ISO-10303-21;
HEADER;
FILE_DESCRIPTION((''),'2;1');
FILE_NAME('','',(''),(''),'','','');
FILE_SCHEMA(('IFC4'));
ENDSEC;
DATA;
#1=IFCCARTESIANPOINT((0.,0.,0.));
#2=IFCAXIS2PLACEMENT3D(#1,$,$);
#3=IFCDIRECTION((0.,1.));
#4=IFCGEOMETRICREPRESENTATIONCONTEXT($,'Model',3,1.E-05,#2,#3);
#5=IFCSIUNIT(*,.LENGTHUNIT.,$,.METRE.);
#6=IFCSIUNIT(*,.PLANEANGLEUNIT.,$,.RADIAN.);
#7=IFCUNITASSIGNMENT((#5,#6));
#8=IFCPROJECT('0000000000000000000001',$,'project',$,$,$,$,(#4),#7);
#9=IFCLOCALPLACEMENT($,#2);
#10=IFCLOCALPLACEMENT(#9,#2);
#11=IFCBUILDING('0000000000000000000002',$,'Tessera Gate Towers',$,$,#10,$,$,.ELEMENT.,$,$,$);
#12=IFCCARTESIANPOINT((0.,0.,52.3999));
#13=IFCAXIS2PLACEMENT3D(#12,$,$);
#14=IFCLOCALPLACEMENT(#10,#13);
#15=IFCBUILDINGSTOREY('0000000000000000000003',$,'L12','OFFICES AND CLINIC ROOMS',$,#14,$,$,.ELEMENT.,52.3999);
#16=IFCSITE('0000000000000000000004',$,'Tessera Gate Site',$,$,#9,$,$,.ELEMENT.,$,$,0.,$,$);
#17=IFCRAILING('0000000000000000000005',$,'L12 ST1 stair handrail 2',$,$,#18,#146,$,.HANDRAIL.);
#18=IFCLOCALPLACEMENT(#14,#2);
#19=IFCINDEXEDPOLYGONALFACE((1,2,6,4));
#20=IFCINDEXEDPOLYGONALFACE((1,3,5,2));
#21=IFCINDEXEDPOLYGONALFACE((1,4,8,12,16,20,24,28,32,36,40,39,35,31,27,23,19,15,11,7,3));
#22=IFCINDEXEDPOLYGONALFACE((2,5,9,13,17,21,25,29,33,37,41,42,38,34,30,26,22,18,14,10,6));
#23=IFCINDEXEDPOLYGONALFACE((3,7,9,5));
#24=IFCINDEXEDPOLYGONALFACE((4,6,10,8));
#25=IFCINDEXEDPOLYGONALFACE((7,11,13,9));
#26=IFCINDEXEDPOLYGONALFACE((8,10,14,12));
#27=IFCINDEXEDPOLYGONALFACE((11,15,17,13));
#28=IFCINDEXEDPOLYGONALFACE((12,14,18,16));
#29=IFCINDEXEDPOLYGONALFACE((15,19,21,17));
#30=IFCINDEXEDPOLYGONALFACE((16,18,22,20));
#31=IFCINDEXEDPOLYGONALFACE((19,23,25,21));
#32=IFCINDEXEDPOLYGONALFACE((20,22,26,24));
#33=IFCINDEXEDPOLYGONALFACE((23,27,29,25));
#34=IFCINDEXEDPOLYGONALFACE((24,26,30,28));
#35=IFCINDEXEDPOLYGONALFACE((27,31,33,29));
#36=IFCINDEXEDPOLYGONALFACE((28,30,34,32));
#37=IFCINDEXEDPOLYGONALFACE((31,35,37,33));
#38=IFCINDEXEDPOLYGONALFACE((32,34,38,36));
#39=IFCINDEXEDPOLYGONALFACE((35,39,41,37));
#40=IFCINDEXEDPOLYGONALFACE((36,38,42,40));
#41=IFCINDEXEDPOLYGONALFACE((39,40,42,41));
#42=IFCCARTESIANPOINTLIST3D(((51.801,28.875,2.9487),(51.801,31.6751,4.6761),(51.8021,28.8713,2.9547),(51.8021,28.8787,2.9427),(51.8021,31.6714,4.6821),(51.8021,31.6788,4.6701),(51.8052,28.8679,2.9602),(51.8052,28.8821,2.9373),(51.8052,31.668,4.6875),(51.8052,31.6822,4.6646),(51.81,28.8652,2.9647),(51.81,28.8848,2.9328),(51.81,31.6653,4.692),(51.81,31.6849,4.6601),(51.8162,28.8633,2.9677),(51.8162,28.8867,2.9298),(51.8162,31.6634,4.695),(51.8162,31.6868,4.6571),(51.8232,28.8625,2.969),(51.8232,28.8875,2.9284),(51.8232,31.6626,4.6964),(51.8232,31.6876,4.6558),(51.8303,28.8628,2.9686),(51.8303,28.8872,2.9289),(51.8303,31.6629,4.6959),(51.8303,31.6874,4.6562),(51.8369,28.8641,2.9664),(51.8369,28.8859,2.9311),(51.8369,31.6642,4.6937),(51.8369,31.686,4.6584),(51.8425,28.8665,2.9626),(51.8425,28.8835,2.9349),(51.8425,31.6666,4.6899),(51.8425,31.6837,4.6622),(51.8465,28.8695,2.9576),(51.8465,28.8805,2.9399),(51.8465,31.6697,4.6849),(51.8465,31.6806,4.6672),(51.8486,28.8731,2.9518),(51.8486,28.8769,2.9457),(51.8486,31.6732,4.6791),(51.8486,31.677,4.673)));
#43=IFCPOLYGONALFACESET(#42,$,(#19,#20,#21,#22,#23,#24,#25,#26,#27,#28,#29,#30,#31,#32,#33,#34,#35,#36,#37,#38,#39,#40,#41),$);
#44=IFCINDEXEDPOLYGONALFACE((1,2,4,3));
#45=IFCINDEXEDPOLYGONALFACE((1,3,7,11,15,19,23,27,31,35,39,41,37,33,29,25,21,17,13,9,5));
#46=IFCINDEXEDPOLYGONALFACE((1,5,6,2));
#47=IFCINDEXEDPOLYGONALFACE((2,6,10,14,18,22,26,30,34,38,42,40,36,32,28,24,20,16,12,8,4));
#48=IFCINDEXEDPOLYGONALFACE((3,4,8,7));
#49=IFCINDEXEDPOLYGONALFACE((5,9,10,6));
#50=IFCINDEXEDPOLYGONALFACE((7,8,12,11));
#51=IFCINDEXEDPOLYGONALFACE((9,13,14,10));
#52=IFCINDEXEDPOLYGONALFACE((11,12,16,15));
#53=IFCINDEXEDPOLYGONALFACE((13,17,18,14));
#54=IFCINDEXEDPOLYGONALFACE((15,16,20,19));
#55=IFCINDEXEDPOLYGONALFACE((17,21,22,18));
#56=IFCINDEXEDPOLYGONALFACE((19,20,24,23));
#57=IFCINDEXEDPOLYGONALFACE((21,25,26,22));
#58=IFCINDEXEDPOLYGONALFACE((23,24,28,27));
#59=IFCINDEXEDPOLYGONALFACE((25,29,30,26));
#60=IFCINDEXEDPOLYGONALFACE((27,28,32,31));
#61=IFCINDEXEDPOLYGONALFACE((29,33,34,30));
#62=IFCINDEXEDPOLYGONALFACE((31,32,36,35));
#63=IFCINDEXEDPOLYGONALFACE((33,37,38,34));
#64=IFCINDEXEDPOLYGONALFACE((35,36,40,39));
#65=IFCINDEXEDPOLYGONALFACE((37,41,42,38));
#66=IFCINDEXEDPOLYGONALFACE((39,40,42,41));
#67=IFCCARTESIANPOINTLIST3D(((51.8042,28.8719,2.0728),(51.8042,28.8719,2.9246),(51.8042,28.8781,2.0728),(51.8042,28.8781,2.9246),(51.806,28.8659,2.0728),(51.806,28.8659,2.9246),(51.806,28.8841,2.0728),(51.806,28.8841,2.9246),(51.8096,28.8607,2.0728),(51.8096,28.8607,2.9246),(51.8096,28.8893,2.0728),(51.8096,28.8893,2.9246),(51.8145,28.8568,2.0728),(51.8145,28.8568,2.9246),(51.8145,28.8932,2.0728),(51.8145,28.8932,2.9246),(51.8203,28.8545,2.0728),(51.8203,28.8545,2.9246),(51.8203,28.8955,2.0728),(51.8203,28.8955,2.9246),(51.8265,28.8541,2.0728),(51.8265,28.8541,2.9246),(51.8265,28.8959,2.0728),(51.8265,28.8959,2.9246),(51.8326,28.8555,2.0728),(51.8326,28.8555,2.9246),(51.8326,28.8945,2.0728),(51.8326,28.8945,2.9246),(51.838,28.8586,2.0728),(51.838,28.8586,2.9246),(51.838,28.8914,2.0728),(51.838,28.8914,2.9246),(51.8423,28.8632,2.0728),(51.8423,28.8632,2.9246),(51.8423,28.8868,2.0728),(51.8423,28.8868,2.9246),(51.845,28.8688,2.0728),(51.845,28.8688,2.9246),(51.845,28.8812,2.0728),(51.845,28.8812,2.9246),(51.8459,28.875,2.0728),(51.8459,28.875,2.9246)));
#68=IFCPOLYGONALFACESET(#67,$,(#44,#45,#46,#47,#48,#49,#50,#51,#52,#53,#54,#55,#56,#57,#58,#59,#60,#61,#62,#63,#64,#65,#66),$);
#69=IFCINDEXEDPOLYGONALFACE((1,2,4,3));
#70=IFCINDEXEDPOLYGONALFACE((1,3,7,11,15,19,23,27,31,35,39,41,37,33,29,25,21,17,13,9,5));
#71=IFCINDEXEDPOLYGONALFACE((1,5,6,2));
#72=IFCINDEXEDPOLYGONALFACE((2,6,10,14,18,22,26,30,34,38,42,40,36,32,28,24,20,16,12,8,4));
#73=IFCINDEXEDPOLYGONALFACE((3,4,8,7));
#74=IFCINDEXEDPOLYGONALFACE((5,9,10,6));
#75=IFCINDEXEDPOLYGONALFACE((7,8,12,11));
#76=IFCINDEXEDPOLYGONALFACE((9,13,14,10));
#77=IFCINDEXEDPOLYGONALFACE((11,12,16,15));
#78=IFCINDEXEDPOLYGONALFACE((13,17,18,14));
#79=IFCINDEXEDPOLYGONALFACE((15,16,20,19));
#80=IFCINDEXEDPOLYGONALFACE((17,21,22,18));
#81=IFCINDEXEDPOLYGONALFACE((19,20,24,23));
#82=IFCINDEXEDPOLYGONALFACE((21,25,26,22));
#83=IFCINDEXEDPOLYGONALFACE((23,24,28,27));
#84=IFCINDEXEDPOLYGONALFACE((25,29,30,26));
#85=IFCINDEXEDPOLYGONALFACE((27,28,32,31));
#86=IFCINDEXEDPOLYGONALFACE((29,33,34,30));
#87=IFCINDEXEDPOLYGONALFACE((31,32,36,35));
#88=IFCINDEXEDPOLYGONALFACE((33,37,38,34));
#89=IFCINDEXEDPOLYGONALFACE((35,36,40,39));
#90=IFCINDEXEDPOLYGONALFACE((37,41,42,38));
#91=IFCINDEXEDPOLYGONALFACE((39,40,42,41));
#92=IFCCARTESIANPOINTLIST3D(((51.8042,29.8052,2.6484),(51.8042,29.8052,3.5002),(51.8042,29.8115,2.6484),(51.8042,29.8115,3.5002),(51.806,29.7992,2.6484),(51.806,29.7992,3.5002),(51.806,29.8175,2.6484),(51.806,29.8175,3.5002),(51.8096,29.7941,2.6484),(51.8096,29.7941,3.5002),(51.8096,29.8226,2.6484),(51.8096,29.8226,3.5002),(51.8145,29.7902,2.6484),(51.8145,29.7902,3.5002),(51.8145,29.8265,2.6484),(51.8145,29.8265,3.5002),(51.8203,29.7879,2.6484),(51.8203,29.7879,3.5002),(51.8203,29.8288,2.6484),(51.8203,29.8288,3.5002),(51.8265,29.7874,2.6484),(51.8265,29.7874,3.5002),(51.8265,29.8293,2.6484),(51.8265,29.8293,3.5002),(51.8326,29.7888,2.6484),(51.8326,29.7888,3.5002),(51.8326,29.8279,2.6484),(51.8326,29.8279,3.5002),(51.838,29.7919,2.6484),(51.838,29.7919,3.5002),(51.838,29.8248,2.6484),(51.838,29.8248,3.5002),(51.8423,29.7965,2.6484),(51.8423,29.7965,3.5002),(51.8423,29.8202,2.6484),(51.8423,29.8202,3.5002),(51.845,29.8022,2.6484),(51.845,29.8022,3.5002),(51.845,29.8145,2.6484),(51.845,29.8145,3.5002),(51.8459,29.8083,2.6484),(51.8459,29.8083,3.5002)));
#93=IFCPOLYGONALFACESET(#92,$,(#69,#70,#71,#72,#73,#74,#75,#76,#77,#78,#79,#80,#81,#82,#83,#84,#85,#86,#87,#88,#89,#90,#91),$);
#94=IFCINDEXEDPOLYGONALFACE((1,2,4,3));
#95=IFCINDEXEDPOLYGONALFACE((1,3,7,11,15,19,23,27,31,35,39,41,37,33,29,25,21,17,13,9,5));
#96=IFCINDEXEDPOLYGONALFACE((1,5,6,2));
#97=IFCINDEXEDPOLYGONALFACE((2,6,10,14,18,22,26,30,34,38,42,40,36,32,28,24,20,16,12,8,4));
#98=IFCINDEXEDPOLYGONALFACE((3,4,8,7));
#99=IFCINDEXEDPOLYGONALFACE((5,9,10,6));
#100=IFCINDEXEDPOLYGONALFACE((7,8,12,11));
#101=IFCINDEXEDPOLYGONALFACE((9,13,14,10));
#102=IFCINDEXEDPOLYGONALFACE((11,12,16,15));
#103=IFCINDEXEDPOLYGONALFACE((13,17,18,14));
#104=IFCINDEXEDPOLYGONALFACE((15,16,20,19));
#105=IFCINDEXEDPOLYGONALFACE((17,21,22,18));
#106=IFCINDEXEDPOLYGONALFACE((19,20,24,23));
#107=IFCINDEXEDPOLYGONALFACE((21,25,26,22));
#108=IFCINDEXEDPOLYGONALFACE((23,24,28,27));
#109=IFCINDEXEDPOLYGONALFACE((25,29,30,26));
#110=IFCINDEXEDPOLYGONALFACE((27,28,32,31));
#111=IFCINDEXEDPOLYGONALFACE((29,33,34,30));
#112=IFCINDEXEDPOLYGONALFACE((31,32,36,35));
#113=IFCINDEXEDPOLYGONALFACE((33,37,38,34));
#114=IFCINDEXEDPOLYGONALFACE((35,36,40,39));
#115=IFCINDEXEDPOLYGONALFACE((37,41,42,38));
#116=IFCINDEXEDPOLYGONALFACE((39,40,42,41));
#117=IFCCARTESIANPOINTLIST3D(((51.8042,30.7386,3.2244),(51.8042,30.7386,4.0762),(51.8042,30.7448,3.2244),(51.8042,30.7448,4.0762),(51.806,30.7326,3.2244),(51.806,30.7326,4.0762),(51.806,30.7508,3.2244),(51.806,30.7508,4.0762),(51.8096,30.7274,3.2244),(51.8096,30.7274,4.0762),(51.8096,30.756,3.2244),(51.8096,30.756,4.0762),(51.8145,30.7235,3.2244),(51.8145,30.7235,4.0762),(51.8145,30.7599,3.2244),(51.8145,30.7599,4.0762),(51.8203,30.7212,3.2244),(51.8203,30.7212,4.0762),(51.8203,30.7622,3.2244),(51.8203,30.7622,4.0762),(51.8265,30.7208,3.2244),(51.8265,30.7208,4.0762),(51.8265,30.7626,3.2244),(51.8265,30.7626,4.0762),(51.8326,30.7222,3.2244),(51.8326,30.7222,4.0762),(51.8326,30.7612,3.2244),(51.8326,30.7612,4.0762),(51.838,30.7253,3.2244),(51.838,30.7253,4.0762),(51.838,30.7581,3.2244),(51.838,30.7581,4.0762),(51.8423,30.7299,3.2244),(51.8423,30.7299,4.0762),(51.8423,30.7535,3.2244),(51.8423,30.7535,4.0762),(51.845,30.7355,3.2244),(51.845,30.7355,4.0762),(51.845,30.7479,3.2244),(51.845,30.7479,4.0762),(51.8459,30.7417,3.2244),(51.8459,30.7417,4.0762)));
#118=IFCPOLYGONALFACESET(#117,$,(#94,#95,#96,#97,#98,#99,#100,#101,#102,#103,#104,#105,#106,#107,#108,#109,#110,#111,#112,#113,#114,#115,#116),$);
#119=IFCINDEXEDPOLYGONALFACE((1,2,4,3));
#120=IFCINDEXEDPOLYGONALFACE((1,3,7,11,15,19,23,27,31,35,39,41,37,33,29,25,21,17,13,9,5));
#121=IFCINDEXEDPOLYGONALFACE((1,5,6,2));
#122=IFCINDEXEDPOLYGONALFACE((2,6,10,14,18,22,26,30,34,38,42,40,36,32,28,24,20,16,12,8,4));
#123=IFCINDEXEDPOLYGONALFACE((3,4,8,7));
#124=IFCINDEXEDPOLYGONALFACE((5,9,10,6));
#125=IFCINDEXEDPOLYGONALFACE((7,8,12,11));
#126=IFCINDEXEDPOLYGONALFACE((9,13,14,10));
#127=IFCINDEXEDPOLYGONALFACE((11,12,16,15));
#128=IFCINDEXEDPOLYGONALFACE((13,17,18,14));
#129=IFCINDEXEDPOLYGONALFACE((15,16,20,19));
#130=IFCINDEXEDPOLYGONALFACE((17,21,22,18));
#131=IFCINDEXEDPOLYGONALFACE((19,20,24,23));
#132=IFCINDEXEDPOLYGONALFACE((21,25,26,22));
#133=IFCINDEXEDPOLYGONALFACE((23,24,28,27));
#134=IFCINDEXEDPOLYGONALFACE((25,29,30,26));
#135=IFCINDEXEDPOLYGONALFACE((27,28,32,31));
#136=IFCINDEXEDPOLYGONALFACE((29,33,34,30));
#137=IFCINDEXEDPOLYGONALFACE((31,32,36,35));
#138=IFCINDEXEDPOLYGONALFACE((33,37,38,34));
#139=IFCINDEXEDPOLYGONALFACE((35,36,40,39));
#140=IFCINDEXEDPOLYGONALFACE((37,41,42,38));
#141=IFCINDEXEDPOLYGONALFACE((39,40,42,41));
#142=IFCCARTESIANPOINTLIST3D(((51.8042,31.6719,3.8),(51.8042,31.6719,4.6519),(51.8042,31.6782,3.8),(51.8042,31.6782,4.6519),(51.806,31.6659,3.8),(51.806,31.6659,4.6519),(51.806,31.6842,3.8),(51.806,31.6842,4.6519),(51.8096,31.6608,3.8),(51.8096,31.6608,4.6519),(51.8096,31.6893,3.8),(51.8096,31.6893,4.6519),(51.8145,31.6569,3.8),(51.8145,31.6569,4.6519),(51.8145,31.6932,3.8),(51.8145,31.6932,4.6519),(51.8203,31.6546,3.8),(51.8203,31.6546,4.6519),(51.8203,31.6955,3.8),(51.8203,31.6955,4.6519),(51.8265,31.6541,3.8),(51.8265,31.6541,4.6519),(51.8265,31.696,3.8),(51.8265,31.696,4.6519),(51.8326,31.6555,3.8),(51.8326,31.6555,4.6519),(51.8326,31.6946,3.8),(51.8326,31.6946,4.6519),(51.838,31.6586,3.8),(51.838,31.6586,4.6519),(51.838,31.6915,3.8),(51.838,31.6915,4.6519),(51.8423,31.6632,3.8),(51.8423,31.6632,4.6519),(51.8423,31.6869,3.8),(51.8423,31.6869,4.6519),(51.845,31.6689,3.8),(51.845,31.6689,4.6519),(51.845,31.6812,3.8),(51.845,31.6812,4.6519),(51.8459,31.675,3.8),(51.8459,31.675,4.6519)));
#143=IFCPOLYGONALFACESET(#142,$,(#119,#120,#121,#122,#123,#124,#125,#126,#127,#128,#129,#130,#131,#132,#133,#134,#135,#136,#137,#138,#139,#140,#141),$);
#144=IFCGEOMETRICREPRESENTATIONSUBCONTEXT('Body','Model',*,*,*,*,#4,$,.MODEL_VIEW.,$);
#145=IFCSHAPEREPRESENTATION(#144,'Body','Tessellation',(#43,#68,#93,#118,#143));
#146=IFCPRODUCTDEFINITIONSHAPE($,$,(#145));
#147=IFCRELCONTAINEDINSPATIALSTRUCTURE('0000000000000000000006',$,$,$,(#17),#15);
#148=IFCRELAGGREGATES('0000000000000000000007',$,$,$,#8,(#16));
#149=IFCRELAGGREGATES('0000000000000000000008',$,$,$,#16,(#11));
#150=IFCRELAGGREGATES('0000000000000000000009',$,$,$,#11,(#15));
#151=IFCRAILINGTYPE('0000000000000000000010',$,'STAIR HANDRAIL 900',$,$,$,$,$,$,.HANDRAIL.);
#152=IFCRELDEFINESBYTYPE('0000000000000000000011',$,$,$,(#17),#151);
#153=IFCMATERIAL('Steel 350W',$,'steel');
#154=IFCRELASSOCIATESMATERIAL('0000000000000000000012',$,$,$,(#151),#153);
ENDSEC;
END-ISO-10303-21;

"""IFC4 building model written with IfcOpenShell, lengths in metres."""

from ifc_helpers import new_model, si_unit, direction, frame, origin, origin_2d, place, context, subcontext, project, spatial, circle, extrude, material, type_object, element, save


model = new_model("IFC4")

# Units and contexts
model_context = context("Model", 3, precision=1e-05, world=origin(), true_north=direction((0.0, 1.0)))
body_context = subcontext(model_context, "Body", "Model", "MODEL_VIEW")
ifc_project = project(units=[si_unit("LENGTHUNIT", "METRE"), si_unit("PLANEANGLEUNIT", "RADIAN")], contexts=[model_context])

# Site, building, storey
site_placement = place(None, origin())
site = spatial("IfcSite", under=ifc_project, at=site_placement, Name="Tessera Gate Site", CompositionType="ELEMENT", RefElevation=0.0)
building_placement = place(site_placement, origin())
building = spatial("IfcBuilding", under=site, at=building_placement, Name="Tessera Gate Towers", CompositionType="ELEMENT")
storey_placement = place(building_placement, frame((0.0, 0.0, 52.3999)))
storey = spatial("IfcBuildingStorey", under=building, at=storey_placement, Name="L12", Description="OFFICES AND CLINIC ROOMS", CompositionType="ELEMENT", Elevation=52.3999)

# Railing
ifc_material_1 = material(Name="Steel 350W", Category="steel")
railing_type = type_object("IfcRailingType", Name="STAIR HANDRAIL 900", PredefinedType="HANDRAIL", material=ifc_material_1)
railing_1_placement = place(storey_placement, frame((51.825, 28.875, 2.0728)))
element("IfcRailing", 1, at=railing_1_placement, inside=storey, type_object=railing_type, Name="L12 ST1 stair handrail 2", PredefinedType="HANDRAIL", context=body_context, shape_type="SweptSolid", body=[
    extrude(circle(Radius=0.0239, at=origin_2d()), frame((0.0, 0.0, 0.876), z_axis=(0.0, 0.85109, 0.52502), x_axis=(-1.0, 0.0, 0.0)), (0.0, 0.0, 1.0), 3.29),
    extrude(circle(Radius=0.021, at=origin_2d()), origin(), (0.0, 0.0, 1.0), 0.8518),
    extrude(circle(Radius=0.021, at=origin_2d()), frame((0.0, 0.9333, 0.5757)), (0.0, 0.0, 1.0), 0.8518),
    extrude(circle(Radius=0.021, at=origin_2d()), frame((0.0, 1.8667, 1.1516)), (0.0, 0.0, 1.0), 0.8518),
    extrude(circle(Radius=0.021, at=origin_2d()), frame((0.0, 2.8, 1.7273)), (0.0, 0.0, 1.0), 0.8518),
])

save(model, "model.ifc")
